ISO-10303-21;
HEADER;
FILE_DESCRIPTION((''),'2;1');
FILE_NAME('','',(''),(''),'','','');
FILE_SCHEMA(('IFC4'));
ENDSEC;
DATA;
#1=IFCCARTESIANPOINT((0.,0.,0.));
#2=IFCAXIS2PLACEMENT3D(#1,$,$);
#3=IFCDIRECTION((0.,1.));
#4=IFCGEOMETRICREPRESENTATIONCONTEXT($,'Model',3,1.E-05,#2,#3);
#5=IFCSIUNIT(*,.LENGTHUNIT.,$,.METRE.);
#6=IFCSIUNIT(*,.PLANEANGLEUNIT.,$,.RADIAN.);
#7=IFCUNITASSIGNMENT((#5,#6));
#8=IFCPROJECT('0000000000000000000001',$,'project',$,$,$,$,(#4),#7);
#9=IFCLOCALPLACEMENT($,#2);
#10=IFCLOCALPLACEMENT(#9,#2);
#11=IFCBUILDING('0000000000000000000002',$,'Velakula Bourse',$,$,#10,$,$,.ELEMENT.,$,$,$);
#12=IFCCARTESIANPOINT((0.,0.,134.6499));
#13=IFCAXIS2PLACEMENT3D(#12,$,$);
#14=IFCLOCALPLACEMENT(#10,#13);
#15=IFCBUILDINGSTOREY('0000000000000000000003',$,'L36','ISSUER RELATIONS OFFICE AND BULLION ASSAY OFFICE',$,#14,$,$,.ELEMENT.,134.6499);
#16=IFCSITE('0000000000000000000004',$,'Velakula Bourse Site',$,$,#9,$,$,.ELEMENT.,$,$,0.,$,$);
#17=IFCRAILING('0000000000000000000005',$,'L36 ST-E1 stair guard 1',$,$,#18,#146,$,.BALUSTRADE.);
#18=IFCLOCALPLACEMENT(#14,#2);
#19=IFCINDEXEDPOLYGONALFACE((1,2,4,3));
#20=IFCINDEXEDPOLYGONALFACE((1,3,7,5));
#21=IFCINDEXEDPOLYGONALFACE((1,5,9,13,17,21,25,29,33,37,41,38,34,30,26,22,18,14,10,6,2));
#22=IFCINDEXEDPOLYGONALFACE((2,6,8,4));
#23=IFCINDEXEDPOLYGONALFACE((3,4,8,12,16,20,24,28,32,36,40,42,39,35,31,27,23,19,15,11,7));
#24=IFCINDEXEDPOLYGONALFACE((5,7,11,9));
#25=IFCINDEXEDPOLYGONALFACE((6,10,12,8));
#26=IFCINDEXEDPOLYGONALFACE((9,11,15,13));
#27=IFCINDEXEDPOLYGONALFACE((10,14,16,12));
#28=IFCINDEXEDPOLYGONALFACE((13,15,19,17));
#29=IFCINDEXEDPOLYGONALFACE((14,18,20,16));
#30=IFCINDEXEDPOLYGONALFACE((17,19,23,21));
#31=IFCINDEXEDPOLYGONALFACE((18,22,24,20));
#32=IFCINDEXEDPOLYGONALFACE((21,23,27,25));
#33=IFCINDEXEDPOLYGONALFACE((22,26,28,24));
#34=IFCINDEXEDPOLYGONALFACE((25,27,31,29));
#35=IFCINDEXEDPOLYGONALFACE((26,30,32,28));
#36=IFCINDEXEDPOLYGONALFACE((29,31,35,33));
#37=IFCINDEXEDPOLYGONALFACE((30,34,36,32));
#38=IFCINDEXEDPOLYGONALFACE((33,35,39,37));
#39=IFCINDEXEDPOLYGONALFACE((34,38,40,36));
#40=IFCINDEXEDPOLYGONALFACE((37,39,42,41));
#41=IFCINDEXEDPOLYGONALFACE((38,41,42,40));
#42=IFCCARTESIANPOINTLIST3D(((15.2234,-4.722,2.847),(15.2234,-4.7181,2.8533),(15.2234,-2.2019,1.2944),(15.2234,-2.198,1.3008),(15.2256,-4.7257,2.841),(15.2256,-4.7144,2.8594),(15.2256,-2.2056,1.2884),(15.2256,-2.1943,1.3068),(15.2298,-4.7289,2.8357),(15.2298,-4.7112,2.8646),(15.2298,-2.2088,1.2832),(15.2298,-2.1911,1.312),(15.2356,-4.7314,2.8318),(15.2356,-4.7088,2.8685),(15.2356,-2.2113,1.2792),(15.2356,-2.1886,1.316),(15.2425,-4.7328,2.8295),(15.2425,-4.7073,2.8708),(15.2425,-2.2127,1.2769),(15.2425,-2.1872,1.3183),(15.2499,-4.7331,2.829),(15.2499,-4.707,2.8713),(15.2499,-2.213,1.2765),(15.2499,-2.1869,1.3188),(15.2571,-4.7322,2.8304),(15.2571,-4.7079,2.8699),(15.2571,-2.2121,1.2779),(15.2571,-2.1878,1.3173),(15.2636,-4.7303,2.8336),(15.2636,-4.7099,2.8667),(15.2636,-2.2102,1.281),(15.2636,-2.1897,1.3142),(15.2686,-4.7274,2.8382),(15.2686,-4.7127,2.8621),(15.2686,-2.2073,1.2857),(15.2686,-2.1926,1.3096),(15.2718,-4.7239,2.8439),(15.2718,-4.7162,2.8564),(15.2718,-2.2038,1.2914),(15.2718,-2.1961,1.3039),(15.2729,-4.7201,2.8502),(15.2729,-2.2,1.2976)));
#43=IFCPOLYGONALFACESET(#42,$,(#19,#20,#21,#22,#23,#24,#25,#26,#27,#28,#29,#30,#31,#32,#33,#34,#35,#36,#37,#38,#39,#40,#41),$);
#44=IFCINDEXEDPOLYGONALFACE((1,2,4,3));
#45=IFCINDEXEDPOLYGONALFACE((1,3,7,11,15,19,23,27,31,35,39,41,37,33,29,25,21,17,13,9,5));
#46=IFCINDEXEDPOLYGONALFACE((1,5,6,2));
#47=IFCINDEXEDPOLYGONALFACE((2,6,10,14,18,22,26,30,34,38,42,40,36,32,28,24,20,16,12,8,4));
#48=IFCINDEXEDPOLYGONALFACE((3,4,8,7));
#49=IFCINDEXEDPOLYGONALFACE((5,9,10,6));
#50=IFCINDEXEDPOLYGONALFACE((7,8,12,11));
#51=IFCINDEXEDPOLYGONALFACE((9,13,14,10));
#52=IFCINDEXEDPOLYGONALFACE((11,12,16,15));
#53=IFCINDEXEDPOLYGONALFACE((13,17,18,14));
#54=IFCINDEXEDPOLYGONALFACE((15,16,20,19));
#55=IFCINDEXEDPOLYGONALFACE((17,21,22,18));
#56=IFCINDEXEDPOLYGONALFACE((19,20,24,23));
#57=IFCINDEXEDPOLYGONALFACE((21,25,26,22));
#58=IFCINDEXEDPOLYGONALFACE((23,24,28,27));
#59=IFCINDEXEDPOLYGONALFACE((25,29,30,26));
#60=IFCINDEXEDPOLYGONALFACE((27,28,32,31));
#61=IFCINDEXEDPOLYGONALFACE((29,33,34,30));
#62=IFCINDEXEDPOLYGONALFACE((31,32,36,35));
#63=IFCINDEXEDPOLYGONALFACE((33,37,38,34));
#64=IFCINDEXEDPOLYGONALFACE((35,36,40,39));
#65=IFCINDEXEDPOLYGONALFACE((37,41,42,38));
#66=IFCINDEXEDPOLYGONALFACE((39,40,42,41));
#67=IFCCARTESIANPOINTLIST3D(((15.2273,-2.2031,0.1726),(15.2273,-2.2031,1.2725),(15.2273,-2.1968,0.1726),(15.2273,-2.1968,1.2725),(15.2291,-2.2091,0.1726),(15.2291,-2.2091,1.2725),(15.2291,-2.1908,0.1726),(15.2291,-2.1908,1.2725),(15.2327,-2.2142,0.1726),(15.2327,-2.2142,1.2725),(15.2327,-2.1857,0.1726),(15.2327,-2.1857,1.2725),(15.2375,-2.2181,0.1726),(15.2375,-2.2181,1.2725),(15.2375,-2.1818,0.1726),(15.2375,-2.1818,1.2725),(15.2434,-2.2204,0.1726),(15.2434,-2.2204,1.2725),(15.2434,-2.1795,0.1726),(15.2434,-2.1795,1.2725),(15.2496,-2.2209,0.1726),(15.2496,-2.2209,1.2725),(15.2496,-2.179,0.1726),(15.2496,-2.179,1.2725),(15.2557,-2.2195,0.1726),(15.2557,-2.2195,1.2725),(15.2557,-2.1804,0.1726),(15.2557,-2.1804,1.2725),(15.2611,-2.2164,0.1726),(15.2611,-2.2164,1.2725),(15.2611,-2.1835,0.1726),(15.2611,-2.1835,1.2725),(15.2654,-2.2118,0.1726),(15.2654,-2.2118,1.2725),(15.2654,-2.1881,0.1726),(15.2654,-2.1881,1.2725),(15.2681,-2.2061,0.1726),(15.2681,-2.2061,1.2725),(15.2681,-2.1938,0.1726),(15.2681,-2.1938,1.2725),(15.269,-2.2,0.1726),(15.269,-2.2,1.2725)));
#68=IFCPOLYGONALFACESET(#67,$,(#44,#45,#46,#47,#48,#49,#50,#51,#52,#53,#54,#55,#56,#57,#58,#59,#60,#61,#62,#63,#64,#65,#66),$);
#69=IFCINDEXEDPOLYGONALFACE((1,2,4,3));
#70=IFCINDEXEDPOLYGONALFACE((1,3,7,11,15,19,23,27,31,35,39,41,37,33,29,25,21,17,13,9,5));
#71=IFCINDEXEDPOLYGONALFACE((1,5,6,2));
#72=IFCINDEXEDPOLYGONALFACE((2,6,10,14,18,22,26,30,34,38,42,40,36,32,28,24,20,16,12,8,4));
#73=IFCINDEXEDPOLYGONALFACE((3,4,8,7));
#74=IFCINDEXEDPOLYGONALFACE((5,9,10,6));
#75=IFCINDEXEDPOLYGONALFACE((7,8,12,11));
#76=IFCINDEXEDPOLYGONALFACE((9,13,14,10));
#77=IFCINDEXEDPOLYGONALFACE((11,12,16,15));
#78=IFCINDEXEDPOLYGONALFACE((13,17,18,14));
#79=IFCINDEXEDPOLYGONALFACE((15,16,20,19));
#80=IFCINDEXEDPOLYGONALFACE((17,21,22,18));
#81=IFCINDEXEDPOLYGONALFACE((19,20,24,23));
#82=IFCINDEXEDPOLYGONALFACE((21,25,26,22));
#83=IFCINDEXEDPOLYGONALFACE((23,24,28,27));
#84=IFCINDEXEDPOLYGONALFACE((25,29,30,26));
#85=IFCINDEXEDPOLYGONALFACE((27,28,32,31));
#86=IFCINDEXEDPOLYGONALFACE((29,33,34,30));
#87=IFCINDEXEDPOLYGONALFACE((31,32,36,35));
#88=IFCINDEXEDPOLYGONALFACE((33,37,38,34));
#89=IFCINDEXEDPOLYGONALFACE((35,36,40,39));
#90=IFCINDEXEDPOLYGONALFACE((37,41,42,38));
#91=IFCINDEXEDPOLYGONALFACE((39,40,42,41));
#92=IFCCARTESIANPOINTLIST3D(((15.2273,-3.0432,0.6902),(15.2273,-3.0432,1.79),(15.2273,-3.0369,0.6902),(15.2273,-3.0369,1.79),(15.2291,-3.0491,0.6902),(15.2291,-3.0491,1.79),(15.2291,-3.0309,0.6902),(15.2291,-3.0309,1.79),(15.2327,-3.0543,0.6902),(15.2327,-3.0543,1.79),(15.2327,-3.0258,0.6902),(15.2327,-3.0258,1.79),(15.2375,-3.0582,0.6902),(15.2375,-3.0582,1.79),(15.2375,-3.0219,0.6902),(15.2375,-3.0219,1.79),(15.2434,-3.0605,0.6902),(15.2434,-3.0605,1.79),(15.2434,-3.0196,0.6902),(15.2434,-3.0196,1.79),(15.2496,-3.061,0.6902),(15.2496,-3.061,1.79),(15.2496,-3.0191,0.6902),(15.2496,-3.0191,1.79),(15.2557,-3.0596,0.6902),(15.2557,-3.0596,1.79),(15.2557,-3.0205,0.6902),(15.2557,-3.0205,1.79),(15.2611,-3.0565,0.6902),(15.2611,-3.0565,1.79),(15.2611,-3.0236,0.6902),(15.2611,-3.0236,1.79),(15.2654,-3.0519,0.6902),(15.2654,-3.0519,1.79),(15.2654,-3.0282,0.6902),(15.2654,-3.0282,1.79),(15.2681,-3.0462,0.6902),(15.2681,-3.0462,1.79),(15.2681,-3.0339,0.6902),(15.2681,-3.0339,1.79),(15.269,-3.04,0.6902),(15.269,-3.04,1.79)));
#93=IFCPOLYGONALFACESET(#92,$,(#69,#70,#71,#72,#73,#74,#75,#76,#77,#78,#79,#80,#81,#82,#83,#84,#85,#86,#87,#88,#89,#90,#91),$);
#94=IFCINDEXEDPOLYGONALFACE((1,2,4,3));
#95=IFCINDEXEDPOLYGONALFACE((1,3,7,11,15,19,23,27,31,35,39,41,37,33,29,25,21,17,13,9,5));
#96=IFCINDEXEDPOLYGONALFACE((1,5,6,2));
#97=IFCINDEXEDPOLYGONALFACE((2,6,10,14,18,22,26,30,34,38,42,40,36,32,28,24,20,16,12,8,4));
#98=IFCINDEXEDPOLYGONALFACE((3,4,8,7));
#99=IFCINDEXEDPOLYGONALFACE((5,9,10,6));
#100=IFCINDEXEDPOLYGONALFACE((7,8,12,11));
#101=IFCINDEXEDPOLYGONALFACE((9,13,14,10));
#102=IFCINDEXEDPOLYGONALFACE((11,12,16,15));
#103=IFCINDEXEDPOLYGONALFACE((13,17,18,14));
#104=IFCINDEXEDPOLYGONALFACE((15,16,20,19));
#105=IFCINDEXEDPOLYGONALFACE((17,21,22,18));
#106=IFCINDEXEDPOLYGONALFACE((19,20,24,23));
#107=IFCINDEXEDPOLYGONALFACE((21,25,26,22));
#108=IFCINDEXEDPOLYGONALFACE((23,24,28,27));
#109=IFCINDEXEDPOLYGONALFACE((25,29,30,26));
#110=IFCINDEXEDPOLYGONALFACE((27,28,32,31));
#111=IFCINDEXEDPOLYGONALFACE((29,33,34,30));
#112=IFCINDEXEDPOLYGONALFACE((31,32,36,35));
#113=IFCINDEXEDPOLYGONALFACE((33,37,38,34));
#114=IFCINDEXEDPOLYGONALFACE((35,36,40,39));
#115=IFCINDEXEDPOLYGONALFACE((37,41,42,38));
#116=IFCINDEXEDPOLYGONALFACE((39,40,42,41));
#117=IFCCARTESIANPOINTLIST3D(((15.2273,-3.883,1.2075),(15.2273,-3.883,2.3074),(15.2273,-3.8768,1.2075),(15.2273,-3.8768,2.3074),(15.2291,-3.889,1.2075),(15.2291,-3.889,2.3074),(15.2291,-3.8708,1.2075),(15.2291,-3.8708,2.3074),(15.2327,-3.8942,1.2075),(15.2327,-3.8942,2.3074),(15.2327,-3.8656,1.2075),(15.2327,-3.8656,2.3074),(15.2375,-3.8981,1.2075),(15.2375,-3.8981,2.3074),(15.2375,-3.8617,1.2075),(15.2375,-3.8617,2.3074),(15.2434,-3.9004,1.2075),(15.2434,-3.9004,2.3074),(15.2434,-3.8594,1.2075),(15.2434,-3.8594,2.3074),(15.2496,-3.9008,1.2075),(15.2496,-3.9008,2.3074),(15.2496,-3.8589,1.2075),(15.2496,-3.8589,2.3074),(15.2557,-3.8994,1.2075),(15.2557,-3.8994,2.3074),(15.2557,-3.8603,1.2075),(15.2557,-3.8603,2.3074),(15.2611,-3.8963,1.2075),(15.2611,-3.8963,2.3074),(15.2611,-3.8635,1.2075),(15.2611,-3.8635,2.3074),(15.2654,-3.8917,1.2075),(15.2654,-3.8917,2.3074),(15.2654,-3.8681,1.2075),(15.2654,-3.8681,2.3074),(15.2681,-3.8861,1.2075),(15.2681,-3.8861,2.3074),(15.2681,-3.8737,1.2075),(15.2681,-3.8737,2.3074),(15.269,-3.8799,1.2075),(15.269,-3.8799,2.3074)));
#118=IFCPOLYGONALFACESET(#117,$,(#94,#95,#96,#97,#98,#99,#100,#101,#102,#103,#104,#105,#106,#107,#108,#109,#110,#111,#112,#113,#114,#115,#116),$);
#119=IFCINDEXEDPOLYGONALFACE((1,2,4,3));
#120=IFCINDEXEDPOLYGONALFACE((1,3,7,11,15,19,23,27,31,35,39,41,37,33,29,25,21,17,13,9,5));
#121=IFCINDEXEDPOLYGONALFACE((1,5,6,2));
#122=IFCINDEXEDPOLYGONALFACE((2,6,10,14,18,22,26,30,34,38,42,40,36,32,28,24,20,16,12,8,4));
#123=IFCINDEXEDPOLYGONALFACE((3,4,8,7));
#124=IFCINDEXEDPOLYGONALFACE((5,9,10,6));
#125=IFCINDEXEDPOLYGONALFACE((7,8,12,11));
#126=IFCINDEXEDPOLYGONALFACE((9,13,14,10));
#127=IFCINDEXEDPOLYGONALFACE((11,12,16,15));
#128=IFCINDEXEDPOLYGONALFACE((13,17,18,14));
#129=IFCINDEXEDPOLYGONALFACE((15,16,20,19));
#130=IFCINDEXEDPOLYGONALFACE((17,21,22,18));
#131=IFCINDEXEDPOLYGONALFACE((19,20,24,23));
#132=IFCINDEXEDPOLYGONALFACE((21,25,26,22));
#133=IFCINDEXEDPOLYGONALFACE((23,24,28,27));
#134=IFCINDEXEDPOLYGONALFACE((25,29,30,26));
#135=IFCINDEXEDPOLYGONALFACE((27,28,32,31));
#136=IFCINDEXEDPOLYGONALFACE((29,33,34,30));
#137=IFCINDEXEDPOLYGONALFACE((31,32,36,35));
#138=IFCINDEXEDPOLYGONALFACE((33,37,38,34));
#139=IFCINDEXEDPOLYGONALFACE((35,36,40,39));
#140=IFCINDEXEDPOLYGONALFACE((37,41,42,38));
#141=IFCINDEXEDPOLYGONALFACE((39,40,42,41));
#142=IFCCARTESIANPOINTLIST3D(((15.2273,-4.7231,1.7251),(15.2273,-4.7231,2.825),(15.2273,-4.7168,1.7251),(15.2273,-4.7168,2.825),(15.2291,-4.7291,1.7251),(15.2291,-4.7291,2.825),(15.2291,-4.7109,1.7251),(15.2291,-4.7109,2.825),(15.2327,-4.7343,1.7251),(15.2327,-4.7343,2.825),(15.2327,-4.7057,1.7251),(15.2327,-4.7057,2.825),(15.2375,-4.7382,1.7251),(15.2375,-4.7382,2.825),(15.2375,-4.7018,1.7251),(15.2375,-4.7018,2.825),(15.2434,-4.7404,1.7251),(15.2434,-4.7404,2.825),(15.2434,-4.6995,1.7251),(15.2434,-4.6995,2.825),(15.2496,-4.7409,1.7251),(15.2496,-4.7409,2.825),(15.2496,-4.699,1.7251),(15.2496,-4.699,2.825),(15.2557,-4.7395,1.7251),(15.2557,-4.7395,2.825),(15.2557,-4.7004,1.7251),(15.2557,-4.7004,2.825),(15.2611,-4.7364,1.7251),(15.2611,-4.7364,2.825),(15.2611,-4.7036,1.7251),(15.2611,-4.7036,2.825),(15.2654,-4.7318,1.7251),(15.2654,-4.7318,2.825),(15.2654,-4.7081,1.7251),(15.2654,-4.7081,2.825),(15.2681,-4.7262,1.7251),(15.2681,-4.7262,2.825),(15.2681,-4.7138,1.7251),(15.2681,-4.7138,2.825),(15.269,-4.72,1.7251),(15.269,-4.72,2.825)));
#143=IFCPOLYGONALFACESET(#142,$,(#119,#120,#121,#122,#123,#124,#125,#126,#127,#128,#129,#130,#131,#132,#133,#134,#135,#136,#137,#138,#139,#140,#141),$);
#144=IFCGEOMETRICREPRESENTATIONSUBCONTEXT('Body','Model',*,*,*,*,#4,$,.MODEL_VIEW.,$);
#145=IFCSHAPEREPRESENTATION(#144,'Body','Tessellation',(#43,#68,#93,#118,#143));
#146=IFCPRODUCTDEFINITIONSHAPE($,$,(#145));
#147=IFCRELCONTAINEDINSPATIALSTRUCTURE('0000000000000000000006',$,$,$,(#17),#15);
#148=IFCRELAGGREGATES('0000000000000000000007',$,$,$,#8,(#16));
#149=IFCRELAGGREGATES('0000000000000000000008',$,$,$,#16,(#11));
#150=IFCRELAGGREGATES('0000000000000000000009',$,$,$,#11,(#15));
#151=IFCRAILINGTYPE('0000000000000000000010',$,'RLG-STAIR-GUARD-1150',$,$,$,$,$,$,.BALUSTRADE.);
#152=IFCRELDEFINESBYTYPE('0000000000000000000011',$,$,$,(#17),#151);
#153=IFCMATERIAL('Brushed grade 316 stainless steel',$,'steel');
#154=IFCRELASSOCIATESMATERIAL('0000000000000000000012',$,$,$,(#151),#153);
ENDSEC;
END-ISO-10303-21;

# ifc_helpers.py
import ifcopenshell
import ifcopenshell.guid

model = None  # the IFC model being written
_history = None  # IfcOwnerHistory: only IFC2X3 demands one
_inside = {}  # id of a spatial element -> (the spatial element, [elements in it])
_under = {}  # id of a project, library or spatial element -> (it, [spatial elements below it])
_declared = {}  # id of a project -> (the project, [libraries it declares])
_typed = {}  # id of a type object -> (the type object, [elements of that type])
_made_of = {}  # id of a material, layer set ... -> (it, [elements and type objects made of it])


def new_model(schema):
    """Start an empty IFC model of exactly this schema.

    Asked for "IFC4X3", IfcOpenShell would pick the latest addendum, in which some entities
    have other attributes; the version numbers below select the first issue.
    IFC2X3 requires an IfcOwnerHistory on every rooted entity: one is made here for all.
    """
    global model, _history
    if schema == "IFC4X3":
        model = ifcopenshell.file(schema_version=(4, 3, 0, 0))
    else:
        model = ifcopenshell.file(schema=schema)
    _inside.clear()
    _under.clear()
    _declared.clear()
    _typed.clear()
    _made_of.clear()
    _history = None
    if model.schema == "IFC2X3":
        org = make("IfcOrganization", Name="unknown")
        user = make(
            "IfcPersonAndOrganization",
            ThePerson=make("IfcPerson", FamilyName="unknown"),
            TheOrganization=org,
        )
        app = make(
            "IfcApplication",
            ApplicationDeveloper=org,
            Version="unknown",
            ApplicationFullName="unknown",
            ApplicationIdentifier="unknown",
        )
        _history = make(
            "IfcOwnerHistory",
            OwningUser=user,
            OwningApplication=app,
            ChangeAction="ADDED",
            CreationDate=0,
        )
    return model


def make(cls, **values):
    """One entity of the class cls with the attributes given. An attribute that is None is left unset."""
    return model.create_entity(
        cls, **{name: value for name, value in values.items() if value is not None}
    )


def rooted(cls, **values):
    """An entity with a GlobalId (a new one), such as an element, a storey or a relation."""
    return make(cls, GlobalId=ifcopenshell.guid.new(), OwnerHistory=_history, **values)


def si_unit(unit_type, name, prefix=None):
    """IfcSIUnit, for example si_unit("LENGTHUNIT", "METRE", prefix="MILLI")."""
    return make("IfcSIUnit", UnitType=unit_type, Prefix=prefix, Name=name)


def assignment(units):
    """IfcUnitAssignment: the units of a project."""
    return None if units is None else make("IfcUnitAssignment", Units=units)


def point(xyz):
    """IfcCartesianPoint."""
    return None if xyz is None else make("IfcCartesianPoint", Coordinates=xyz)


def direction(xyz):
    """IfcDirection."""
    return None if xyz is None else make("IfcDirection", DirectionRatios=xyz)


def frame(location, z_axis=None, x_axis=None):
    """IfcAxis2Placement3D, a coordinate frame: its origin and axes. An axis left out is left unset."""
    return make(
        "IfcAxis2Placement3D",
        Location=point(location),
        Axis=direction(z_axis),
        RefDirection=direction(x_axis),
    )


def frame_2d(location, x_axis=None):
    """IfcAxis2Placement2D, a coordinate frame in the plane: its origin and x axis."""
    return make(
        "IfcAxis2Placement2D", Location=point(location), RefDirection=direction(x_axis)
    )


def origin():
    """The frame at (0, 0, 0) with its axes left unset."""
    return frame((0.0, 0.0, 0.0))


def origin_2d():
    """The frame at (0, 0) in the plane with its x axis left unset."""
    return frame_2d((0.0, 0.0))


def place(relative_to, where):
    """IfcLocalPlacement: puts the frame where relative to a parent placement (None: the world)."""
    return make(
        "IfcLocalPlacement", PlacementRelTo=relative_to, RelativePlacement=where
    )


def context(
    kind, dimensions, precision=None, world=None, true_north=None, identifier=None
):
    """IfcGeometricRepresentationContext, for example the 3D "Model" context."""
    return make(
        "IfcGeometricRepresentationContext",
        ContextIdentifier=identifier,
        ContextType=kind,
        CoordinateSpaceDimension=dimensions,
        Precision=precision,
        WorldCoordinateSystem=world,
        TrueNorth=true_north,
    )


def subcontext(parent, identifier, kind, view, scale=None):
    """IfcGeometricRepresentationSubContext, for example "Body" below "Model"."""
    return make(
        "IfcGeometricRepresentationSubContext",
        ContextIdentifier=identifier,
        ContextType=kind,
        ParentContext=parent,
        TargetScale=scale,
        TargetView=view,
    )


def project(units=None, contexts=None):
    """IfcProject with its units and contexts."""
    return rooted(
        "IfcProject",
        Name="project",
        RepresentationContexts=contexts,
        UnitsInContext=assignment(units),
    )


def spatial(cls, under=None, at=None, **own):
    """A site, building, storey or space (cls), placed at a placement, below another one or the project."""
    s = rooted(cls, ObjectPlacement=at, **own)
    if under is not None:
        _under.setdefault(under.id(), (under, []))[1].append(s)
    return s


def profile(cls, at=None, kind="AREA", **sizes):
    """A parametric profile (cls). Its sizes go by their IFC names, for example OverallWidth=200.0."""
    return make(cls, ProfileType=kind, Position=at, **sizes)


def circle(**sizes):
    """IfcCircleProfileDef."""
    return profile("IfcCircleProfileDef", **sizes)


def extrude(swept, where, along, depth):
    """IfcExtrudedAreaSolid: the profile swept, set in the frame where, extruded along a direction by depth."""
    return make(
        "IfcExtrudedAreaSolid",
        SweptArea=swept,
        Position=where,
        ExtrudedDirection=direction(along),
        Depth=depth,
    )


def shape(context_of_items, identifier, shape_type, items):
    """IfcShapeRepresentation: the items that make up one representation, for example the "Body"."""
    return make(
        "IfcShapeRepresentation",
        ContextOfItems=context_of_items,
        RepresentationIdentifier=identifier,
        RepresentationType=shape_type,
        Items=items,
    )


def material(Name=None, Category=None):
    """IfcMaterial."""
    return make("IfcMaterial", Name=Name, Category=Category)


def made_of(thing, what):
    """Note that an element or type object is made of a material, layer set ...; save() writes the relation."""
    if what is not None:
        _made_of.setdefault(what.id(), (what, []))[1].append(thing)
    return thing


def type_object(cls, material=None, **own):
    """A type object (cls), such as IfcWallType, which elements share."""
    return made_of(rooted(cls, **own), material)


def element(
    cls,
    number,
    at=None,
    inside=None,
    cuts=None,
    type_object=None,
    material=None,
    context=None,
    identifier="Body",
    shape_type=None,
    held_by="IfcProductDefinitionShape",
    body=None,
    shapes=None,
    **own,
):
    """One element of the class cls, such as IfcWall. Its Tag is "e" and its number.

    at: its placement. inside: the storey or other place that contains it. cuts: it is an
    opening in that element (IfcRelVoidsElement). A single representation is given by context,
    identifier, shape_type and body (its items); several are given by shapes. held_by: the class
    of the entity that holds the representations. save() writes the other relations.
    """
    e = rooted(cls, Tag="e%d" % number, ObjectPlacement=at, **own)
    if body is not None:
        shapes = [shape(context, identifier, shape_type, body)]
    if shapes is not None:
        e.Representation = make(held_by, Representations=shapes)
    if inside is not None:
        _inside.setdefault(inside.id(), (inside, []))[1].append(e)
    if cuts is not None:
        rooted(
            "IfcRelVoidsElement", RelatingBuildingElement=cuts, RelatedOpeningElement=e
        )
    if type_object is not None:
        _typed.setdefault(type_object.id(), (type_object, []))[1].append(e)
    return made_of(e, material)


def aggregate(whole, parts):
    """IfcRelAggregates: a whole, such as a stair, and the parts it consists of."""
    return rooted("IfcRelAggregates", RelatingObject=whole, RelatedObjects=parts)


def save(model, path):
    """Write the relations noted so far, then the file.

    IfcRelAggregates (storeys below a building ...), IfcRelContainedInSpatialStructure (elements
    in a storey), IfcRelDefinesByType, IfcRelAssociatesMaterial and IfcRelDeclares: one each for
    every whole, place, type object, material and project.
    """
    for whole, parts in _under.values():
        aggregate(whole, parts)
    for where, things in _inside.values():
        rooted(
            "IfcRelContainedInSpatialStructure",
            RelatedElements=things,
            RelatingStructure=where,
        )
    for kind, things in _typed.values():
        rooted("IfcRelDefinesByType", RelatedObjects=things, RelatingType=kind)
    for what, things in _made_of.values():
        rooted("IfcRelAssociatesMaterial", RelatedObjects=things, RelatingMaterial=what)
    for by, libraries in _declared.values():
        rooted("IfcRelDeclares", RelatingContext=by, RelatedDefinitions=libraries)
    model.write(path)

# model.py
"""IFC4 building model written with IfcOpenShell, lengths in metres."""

from ifc_helpers import new_model, si_unit, direction, frame, origin, origin_2d, place, context, subcontext, project, spatial, circle, extrude, material, type_object, element, save


model = new_model("IFC4")

# Units and contexts
model_context = context("Model", 3, precision=1e-05, world=origin(), true_north=direction((0.0, 1.0)))
body_context = subcontext(model_context, "Body", "Model", "MODEL_VIEW")
ifc_project = project(units=[si_unit("LENGTHUNIT", "METRE"), si_unit("PLANEANGLEUNIT", "RADIAN")], contexts=[model_context])

# Site, building, storey
site_placement = place(None, origin())
site = spatial("IfcSite", under=ifc_project, at=site_placement, Name="Velakula Bourse Site", CompositionType="ELEMENT", RefElevation=0.0)
building_placement = place(site_placement, origin())
building = spatial("IfcBuilding", under=site, at=building_placement, Name="Velakula Bourse", CompositionType="ELEMENT")
storey_placement = place(building_placement, frame((0.0, 0.0, 134.6499)))
storey = spatial("IfcBuildingStorey", under=building, at=storey_placement, Name="L36", Description="ISSUER RELATIONS OFFICE AND BULLION ASSAY OFFICE", CompositionType="ELEMENT", Elevation=134.6499)

# Shared definitions
ifc_material_1 = material(Name="Brushed grade 316 stainless steel", Category="steel")

# Railing
railing_type_1 = type_object("IfcRailingType", Name="RLG-STAIR-GUARD-1150", PredefinedType="BALUSTRADE", material=ifc_material_1)
railing_1_placement = place(storey_placement, frame((15.248, -2.2, 0.1726)))
element("IfcRailing", 1, at=railing_1_placement, inside=storey, type_object=railing_type_1, Name="L36 ST-E1 stair guard 1", PredefinedType="BALUSTRADE", context=body_context, shape_type="SweptSolid", body=[
    extrude(circle(Radius=0.0249, at=origin_2d()), frame((0.0, 0.0, 1.125), z_axis=(0.0, -0.8514, 0.524516), x_axis=(1.0, 0.0, 0.0)), (0.0, 0.0, 1.0), 2.96),
    extrude(circle(Radius=0.021, at=origin_2d()), origin(), (0.0, 0.0, 1.0), 1.0999),
    extrude(circle(Radius=0.021, at=origin_2d()), frame((0.0, -0.8401, 0.5176)), (0.0, 0.0, 1.0), 1.0999),
    extrude(circle(Radius=0.021, at=origin_2d()), frame((0.0, -1.6799, 1.0349)), (0.0, 0.0, 1.0), 1.0999),
    extrude(circle(Radius=0.021, at=origin_2d()), frame((0.0, -2.52, 1.5525)), (0.0, 0.0, 1.0), 1.0999),
])

save(model, "model.ifc")
